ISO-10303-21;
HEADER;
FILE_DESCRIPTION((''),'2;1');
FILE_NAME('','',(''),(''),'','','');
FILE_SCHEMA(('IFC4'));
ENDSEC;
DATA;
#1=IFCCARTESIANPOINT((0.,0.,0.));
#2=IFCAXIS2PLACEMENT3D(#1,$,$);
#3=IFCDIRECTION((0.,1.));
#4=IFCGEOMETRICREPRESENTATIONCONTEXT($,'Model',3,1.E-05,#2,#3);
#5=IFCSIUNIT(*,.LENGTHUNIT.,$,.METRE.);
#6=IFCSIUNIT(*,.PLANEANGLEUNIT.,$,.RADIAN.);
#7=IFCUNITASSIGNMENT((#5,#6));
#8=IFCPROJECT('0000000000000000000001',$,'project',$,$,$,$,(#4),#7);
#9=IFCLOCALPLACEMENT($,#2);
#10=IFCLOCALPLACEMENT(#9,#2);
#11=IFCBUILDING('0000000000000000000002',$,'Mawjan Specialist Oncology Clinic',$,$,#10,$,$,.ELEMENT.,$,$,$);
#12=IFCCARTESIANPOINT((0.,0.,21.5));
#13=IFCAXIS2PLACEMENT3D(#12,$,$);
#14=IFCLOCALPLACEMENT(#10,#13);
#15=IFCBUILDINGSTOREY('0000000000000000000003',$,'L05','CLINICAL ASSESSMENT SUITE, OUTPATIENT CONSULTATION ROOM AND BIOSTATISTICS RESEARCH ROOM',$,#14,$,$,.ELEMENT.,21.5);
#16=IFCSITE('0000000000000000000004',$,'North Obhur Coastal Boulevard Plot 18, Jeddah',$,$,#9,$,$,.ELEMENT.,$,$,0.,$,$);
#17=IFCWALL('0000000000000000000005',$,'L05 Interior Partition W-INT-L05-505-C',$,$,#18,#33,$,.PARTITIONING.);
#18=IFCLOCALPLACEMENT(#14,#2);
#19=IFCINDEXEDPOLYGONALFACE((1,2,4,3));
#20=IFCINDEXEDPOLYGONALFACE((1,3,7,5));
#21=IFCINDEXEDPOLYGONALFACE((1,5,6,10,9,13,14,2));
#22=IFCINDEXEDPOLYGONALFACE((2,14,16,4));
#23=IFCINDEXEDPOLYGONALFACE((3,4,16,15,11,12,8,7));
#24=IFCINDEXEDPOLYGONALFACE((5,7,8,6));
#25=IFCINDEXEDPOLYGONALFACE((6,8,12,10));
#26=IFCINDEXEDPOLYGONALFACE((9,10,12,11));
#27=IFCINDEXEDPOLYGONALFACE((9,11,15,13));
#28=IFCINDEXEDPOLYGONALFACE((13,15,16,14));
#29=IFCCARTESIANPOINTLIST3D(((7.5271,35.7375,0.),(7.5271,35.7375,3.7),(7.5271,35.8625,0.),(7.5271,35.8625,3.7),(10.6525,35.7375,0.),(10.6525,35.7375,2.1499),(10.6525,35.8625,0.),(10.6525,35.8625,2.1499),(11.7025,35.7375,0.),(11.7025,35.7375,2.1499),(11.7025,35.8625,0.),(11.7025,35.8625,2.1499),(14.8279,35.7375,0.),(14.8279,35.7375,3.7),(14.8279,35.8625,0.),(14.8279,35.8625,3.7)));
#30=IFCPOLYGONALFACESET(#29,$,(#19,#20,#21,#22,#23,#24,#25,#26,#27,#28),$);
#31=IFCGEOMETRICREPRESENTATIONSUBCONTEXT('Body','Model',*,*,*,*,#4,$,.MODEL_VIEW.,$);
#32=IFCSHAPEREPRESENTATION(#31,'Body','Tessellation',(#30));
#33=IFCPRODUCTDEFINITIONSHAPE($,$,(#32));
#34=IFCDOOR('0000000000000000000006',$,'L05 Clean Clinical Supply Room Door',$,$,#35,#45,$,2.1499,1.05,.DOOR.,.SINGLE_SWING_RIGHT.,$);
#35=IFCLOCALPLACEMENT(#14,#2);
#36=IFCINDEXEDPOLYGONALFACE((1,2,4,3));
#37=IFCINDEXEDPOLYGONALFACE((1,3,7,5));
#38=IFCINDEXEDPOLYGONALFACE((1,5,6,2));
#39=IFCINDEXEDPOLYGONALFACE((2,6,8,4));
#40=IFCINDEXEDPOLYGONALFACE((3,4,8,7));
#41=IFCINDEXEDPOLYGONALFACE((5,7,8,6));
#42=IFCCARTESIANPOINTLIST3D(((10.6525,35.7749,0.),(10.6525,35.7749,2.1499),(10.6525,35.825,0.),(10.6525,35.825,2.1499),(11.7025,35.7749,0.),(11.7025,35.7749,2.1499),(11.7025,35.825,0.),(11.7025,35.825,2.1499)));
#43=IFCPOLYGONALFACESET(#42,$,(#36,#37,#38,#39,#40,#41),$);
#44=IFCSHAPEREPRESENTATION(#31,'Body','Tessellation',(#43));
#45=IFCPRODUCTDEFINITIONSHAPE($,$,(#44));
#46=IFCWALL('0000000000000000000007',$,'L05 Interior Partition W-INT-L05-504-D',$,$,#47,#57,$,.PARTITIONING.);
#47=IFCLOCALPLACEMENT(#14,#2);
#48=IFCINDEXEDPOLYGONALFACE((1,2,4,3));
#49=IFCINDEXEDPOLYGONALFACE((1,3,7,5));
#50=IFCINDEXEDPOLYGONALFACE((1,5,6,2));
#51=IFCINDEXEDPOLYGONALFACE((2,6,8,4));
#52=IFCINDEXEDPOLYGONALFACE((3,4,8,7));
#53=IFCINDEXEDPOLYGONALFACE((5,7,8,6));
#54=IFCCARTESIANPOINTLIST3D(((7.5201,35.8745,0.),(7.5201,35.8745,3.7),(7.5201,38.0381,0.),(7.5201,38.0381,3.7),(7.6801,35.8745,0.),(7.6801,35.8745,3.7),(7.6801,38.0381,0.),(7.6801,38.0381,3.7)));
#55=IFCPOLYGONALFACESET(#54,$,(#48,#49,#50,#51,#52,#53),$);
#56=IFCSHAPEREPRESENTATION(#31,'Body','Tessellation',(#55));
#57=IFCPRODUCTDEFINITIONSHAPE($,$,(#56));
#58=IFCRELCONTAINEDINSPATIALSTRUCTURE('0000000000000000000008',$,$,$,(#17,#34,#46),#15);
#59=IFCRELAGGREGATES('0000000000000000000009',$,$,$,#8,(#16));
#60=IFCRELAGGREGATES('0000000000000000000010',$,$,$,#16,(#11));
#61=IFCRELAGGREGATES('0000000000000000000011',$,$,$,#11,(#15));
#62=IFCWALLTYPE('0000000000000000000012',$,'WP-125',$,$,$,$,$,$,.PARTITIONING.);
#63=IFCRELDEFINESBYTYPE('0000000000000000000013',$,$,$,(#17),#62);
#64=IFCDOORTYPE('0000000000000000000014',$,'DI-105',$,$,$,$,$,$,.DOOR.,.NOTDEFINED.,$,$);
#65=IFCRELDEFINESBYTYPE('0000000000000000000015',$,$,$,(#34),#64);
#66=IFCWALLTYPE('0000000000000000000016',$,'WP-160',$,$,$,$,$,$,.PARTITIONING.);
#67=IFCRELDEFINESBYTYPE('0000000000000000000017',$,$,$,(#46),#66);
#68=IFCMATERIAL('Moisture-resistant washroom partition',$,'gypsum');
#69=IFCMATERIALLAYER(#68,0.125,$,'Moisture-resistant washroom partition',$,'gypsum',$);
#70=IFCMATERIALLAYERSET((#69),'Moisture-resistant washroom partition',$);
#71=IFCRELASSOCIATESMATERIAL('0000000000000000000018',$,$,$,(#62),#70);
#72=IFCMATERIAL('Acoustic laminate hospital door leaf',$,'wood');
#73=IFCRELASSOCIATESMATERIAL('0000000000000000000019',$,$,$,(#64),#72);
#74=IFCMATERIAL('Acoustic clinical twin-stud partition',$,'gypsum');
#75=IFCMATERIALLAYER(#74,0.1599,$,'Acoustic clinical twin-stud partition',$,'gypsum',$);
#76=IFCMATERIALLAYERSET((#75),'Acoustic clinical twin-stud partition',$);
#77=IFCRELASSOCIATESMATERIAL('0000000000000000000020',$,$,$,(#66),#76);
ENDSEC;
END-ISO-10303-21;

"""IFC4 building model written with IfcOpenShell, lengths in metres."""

from ifc_helpers import new_model, si_unit, direction, frame, frame_2d, origin, place, context, subcontext, project, spatial, rectangle, extrude, material, layer, layer_set, type_object, element, fill, save


model = new_model("IFC4")

# Units and contexts
model_context = context("Model", 3, precision=1e-05, world=origin(), true_north=direction((0.0, 1.0)))
body_context = subcontext(model_context, "Body", "Model", "MODEL_VIEW")
ifc_project = project(units=[si_unit("LENGTHUNIT", "METRE"), si_unit("PLANEANGLEUNIT", "RADIAN")], contexts=[model_context])

# Site, building, storey
site_placement = place(None, origin())
site = spatial("IfcSite", under=ifc_project, at=site_placement, Name="North Obhur Coastal Boulevard Plot 18, Jeddah", CompositionType="ELEMENT", RefElevation=0.0)
building_placement = place(site_placement, origin())
building = spatial("IfcBuilding", under=site, at=building_placement, Name="Mawjan Specialist Oncology Clinic", CompositionType="ELEMENT")
storey_placement = place(building_placement, frame((0.0, 0.0, 21.5)))
storey = spatial("IfcBuildingStorey", under=building, at=storey_placement, Name="L05", Description="CLINICAL ASSESSMENT SUITE, OUTPATIENT CONSULTATION ROOM AND BIOSTATISTICS RESEARCH ROOM", CompositionType="ELEMENT", Elevation=21.5)

# Wall, opening, door
ifc_material_1 = material(Name="Moisture-resistant washroom partition", Category="gypsum")
ifc_layer_1 = layer(ifc_material_1, 0.125, Name="Moisture-resistant washroom partition", Category="gypsum")
ifc_layer_set_1 = layer_set([ifc_layer_1], Name="Moisture-resistant washroom partition")
wall_type_1 = type_object("IfcWallType", Name="WP-125", PredefinedType="PARTITIONING", material=ifc_layer_set_1)
wall_1_placement = place(storey_placement, frame((7.5271, 35.8, 0.0), z_axis=(0.0, 0.0, 1.0), x_axis=(1.0, 0.0, 0.0)))
wall_1 = element("IfcWall", 1, at=wall_1_placement, inside=storey, type_object=wall_type_1, Name="L05 Interior Partition W-INT-L05-505-C", PredefinedType="PARTITIONING", context=body_context, shape_type="SweptSolid", body=[
    extrude(rectangle(XDim=7.3008, YDim=0.125, at=frame_2d((3.6504, 0.0))), origin(), (0.0, 0.0, 1.0), 3.7),
])
opening_1_placement = place(wall_1_placement, frame((3.1255, 0.0, 0.0)))
opening_1 = element("IfcOpeningElement", 2, at=opening_1_placement, cuts=wall_1, PredefinedType="OPENING", context=body_context, shape_type="SweptSolid", body=[
    extrude(rectangle(XDim=1.05, YDim=2.1499, at=frame_2d((0.5249, 1.075))), frame((0.0, 0.0745, 0.0), z_axis=(0.0, -1.0, 0.0), x_axis=(1.0, 0.0, 0.0)), (0.0, 0.0, 1.0), 0.1489),
])
ifc_material_2 = material(Name="Acoustic laminate hospital door leaf", Category="wood")
door_type_1 = type_object("IfcDoorType", Name="DI-105", OperationType="NOTDEFINED", PredefinedType="DOOR", material=ifc_material_2)
door_1_placement = place(opening_1_placement, origin())
door_1 = element("IfcDoor", 3, at=door_1_placement, inside=storey, type_object=door_type_1, Name="L05 Clean Clinical Supply Room Door", OperationType="SINGLE_SWING_RIGHT", OverallHeight=2.1499, OverallWidth=1.05, PredefinedType="DOOR", context=body_context, shape_type="SweptSolid", body=[
    extrude(rectangle(XDim=1.05, YDim=2.1499, at=frame_2d((0.5249, 1.075))), frame((0.0, 0.0249, 0.0), z_axis=(0.0, -1.0, 0.0), x_axis=(1.0, 0.0, 0.0)), (0.0, 0.0, 1.0), 0.05),
])
fill(opening_1, door_1)

# Wall
ifc_material_3 = material(Name="Acoustic clinical twin-stud partition", Category="gypsum")
ifc_layer_2 = layer(ifc_material_3, 0.1599, Name="Acoustic clinical twin-stud partition", Category="gypsum")
ifc_layer_set_2 = layer_set([ifc_layer_2], Name="Acoustic clinical twin-stud partition")
wall_type_2 = type_object("IfcWallType", Name="WP-160", PredefinedType="PARTITIONING", material=ifc_layer_set_2)
wall_2_placement = place(storey_placement, frame((7.6001, 35.8745, 0.0), z_axis=(0.0, 0.0, 1.0), x_axis=(0.0, 1.0, 0.0)))
element("IfcWall", 4, at=wall_2_placement, inside=storey, type_object=wall_type_2, Name="L05 Interior Partition W-INT-L05-504-D", PredefinedType="PARTITIONING", context=body_context, shape_type="SweptSolid", body=[
    extrude(rectangle(XDim=2.1636, YDim=0.1599, at=frame_2d((1.0818, 0.0))), origin(), (0.0, 0.0, 1.0), 3.7),
])

save(model, "model.ifc")
